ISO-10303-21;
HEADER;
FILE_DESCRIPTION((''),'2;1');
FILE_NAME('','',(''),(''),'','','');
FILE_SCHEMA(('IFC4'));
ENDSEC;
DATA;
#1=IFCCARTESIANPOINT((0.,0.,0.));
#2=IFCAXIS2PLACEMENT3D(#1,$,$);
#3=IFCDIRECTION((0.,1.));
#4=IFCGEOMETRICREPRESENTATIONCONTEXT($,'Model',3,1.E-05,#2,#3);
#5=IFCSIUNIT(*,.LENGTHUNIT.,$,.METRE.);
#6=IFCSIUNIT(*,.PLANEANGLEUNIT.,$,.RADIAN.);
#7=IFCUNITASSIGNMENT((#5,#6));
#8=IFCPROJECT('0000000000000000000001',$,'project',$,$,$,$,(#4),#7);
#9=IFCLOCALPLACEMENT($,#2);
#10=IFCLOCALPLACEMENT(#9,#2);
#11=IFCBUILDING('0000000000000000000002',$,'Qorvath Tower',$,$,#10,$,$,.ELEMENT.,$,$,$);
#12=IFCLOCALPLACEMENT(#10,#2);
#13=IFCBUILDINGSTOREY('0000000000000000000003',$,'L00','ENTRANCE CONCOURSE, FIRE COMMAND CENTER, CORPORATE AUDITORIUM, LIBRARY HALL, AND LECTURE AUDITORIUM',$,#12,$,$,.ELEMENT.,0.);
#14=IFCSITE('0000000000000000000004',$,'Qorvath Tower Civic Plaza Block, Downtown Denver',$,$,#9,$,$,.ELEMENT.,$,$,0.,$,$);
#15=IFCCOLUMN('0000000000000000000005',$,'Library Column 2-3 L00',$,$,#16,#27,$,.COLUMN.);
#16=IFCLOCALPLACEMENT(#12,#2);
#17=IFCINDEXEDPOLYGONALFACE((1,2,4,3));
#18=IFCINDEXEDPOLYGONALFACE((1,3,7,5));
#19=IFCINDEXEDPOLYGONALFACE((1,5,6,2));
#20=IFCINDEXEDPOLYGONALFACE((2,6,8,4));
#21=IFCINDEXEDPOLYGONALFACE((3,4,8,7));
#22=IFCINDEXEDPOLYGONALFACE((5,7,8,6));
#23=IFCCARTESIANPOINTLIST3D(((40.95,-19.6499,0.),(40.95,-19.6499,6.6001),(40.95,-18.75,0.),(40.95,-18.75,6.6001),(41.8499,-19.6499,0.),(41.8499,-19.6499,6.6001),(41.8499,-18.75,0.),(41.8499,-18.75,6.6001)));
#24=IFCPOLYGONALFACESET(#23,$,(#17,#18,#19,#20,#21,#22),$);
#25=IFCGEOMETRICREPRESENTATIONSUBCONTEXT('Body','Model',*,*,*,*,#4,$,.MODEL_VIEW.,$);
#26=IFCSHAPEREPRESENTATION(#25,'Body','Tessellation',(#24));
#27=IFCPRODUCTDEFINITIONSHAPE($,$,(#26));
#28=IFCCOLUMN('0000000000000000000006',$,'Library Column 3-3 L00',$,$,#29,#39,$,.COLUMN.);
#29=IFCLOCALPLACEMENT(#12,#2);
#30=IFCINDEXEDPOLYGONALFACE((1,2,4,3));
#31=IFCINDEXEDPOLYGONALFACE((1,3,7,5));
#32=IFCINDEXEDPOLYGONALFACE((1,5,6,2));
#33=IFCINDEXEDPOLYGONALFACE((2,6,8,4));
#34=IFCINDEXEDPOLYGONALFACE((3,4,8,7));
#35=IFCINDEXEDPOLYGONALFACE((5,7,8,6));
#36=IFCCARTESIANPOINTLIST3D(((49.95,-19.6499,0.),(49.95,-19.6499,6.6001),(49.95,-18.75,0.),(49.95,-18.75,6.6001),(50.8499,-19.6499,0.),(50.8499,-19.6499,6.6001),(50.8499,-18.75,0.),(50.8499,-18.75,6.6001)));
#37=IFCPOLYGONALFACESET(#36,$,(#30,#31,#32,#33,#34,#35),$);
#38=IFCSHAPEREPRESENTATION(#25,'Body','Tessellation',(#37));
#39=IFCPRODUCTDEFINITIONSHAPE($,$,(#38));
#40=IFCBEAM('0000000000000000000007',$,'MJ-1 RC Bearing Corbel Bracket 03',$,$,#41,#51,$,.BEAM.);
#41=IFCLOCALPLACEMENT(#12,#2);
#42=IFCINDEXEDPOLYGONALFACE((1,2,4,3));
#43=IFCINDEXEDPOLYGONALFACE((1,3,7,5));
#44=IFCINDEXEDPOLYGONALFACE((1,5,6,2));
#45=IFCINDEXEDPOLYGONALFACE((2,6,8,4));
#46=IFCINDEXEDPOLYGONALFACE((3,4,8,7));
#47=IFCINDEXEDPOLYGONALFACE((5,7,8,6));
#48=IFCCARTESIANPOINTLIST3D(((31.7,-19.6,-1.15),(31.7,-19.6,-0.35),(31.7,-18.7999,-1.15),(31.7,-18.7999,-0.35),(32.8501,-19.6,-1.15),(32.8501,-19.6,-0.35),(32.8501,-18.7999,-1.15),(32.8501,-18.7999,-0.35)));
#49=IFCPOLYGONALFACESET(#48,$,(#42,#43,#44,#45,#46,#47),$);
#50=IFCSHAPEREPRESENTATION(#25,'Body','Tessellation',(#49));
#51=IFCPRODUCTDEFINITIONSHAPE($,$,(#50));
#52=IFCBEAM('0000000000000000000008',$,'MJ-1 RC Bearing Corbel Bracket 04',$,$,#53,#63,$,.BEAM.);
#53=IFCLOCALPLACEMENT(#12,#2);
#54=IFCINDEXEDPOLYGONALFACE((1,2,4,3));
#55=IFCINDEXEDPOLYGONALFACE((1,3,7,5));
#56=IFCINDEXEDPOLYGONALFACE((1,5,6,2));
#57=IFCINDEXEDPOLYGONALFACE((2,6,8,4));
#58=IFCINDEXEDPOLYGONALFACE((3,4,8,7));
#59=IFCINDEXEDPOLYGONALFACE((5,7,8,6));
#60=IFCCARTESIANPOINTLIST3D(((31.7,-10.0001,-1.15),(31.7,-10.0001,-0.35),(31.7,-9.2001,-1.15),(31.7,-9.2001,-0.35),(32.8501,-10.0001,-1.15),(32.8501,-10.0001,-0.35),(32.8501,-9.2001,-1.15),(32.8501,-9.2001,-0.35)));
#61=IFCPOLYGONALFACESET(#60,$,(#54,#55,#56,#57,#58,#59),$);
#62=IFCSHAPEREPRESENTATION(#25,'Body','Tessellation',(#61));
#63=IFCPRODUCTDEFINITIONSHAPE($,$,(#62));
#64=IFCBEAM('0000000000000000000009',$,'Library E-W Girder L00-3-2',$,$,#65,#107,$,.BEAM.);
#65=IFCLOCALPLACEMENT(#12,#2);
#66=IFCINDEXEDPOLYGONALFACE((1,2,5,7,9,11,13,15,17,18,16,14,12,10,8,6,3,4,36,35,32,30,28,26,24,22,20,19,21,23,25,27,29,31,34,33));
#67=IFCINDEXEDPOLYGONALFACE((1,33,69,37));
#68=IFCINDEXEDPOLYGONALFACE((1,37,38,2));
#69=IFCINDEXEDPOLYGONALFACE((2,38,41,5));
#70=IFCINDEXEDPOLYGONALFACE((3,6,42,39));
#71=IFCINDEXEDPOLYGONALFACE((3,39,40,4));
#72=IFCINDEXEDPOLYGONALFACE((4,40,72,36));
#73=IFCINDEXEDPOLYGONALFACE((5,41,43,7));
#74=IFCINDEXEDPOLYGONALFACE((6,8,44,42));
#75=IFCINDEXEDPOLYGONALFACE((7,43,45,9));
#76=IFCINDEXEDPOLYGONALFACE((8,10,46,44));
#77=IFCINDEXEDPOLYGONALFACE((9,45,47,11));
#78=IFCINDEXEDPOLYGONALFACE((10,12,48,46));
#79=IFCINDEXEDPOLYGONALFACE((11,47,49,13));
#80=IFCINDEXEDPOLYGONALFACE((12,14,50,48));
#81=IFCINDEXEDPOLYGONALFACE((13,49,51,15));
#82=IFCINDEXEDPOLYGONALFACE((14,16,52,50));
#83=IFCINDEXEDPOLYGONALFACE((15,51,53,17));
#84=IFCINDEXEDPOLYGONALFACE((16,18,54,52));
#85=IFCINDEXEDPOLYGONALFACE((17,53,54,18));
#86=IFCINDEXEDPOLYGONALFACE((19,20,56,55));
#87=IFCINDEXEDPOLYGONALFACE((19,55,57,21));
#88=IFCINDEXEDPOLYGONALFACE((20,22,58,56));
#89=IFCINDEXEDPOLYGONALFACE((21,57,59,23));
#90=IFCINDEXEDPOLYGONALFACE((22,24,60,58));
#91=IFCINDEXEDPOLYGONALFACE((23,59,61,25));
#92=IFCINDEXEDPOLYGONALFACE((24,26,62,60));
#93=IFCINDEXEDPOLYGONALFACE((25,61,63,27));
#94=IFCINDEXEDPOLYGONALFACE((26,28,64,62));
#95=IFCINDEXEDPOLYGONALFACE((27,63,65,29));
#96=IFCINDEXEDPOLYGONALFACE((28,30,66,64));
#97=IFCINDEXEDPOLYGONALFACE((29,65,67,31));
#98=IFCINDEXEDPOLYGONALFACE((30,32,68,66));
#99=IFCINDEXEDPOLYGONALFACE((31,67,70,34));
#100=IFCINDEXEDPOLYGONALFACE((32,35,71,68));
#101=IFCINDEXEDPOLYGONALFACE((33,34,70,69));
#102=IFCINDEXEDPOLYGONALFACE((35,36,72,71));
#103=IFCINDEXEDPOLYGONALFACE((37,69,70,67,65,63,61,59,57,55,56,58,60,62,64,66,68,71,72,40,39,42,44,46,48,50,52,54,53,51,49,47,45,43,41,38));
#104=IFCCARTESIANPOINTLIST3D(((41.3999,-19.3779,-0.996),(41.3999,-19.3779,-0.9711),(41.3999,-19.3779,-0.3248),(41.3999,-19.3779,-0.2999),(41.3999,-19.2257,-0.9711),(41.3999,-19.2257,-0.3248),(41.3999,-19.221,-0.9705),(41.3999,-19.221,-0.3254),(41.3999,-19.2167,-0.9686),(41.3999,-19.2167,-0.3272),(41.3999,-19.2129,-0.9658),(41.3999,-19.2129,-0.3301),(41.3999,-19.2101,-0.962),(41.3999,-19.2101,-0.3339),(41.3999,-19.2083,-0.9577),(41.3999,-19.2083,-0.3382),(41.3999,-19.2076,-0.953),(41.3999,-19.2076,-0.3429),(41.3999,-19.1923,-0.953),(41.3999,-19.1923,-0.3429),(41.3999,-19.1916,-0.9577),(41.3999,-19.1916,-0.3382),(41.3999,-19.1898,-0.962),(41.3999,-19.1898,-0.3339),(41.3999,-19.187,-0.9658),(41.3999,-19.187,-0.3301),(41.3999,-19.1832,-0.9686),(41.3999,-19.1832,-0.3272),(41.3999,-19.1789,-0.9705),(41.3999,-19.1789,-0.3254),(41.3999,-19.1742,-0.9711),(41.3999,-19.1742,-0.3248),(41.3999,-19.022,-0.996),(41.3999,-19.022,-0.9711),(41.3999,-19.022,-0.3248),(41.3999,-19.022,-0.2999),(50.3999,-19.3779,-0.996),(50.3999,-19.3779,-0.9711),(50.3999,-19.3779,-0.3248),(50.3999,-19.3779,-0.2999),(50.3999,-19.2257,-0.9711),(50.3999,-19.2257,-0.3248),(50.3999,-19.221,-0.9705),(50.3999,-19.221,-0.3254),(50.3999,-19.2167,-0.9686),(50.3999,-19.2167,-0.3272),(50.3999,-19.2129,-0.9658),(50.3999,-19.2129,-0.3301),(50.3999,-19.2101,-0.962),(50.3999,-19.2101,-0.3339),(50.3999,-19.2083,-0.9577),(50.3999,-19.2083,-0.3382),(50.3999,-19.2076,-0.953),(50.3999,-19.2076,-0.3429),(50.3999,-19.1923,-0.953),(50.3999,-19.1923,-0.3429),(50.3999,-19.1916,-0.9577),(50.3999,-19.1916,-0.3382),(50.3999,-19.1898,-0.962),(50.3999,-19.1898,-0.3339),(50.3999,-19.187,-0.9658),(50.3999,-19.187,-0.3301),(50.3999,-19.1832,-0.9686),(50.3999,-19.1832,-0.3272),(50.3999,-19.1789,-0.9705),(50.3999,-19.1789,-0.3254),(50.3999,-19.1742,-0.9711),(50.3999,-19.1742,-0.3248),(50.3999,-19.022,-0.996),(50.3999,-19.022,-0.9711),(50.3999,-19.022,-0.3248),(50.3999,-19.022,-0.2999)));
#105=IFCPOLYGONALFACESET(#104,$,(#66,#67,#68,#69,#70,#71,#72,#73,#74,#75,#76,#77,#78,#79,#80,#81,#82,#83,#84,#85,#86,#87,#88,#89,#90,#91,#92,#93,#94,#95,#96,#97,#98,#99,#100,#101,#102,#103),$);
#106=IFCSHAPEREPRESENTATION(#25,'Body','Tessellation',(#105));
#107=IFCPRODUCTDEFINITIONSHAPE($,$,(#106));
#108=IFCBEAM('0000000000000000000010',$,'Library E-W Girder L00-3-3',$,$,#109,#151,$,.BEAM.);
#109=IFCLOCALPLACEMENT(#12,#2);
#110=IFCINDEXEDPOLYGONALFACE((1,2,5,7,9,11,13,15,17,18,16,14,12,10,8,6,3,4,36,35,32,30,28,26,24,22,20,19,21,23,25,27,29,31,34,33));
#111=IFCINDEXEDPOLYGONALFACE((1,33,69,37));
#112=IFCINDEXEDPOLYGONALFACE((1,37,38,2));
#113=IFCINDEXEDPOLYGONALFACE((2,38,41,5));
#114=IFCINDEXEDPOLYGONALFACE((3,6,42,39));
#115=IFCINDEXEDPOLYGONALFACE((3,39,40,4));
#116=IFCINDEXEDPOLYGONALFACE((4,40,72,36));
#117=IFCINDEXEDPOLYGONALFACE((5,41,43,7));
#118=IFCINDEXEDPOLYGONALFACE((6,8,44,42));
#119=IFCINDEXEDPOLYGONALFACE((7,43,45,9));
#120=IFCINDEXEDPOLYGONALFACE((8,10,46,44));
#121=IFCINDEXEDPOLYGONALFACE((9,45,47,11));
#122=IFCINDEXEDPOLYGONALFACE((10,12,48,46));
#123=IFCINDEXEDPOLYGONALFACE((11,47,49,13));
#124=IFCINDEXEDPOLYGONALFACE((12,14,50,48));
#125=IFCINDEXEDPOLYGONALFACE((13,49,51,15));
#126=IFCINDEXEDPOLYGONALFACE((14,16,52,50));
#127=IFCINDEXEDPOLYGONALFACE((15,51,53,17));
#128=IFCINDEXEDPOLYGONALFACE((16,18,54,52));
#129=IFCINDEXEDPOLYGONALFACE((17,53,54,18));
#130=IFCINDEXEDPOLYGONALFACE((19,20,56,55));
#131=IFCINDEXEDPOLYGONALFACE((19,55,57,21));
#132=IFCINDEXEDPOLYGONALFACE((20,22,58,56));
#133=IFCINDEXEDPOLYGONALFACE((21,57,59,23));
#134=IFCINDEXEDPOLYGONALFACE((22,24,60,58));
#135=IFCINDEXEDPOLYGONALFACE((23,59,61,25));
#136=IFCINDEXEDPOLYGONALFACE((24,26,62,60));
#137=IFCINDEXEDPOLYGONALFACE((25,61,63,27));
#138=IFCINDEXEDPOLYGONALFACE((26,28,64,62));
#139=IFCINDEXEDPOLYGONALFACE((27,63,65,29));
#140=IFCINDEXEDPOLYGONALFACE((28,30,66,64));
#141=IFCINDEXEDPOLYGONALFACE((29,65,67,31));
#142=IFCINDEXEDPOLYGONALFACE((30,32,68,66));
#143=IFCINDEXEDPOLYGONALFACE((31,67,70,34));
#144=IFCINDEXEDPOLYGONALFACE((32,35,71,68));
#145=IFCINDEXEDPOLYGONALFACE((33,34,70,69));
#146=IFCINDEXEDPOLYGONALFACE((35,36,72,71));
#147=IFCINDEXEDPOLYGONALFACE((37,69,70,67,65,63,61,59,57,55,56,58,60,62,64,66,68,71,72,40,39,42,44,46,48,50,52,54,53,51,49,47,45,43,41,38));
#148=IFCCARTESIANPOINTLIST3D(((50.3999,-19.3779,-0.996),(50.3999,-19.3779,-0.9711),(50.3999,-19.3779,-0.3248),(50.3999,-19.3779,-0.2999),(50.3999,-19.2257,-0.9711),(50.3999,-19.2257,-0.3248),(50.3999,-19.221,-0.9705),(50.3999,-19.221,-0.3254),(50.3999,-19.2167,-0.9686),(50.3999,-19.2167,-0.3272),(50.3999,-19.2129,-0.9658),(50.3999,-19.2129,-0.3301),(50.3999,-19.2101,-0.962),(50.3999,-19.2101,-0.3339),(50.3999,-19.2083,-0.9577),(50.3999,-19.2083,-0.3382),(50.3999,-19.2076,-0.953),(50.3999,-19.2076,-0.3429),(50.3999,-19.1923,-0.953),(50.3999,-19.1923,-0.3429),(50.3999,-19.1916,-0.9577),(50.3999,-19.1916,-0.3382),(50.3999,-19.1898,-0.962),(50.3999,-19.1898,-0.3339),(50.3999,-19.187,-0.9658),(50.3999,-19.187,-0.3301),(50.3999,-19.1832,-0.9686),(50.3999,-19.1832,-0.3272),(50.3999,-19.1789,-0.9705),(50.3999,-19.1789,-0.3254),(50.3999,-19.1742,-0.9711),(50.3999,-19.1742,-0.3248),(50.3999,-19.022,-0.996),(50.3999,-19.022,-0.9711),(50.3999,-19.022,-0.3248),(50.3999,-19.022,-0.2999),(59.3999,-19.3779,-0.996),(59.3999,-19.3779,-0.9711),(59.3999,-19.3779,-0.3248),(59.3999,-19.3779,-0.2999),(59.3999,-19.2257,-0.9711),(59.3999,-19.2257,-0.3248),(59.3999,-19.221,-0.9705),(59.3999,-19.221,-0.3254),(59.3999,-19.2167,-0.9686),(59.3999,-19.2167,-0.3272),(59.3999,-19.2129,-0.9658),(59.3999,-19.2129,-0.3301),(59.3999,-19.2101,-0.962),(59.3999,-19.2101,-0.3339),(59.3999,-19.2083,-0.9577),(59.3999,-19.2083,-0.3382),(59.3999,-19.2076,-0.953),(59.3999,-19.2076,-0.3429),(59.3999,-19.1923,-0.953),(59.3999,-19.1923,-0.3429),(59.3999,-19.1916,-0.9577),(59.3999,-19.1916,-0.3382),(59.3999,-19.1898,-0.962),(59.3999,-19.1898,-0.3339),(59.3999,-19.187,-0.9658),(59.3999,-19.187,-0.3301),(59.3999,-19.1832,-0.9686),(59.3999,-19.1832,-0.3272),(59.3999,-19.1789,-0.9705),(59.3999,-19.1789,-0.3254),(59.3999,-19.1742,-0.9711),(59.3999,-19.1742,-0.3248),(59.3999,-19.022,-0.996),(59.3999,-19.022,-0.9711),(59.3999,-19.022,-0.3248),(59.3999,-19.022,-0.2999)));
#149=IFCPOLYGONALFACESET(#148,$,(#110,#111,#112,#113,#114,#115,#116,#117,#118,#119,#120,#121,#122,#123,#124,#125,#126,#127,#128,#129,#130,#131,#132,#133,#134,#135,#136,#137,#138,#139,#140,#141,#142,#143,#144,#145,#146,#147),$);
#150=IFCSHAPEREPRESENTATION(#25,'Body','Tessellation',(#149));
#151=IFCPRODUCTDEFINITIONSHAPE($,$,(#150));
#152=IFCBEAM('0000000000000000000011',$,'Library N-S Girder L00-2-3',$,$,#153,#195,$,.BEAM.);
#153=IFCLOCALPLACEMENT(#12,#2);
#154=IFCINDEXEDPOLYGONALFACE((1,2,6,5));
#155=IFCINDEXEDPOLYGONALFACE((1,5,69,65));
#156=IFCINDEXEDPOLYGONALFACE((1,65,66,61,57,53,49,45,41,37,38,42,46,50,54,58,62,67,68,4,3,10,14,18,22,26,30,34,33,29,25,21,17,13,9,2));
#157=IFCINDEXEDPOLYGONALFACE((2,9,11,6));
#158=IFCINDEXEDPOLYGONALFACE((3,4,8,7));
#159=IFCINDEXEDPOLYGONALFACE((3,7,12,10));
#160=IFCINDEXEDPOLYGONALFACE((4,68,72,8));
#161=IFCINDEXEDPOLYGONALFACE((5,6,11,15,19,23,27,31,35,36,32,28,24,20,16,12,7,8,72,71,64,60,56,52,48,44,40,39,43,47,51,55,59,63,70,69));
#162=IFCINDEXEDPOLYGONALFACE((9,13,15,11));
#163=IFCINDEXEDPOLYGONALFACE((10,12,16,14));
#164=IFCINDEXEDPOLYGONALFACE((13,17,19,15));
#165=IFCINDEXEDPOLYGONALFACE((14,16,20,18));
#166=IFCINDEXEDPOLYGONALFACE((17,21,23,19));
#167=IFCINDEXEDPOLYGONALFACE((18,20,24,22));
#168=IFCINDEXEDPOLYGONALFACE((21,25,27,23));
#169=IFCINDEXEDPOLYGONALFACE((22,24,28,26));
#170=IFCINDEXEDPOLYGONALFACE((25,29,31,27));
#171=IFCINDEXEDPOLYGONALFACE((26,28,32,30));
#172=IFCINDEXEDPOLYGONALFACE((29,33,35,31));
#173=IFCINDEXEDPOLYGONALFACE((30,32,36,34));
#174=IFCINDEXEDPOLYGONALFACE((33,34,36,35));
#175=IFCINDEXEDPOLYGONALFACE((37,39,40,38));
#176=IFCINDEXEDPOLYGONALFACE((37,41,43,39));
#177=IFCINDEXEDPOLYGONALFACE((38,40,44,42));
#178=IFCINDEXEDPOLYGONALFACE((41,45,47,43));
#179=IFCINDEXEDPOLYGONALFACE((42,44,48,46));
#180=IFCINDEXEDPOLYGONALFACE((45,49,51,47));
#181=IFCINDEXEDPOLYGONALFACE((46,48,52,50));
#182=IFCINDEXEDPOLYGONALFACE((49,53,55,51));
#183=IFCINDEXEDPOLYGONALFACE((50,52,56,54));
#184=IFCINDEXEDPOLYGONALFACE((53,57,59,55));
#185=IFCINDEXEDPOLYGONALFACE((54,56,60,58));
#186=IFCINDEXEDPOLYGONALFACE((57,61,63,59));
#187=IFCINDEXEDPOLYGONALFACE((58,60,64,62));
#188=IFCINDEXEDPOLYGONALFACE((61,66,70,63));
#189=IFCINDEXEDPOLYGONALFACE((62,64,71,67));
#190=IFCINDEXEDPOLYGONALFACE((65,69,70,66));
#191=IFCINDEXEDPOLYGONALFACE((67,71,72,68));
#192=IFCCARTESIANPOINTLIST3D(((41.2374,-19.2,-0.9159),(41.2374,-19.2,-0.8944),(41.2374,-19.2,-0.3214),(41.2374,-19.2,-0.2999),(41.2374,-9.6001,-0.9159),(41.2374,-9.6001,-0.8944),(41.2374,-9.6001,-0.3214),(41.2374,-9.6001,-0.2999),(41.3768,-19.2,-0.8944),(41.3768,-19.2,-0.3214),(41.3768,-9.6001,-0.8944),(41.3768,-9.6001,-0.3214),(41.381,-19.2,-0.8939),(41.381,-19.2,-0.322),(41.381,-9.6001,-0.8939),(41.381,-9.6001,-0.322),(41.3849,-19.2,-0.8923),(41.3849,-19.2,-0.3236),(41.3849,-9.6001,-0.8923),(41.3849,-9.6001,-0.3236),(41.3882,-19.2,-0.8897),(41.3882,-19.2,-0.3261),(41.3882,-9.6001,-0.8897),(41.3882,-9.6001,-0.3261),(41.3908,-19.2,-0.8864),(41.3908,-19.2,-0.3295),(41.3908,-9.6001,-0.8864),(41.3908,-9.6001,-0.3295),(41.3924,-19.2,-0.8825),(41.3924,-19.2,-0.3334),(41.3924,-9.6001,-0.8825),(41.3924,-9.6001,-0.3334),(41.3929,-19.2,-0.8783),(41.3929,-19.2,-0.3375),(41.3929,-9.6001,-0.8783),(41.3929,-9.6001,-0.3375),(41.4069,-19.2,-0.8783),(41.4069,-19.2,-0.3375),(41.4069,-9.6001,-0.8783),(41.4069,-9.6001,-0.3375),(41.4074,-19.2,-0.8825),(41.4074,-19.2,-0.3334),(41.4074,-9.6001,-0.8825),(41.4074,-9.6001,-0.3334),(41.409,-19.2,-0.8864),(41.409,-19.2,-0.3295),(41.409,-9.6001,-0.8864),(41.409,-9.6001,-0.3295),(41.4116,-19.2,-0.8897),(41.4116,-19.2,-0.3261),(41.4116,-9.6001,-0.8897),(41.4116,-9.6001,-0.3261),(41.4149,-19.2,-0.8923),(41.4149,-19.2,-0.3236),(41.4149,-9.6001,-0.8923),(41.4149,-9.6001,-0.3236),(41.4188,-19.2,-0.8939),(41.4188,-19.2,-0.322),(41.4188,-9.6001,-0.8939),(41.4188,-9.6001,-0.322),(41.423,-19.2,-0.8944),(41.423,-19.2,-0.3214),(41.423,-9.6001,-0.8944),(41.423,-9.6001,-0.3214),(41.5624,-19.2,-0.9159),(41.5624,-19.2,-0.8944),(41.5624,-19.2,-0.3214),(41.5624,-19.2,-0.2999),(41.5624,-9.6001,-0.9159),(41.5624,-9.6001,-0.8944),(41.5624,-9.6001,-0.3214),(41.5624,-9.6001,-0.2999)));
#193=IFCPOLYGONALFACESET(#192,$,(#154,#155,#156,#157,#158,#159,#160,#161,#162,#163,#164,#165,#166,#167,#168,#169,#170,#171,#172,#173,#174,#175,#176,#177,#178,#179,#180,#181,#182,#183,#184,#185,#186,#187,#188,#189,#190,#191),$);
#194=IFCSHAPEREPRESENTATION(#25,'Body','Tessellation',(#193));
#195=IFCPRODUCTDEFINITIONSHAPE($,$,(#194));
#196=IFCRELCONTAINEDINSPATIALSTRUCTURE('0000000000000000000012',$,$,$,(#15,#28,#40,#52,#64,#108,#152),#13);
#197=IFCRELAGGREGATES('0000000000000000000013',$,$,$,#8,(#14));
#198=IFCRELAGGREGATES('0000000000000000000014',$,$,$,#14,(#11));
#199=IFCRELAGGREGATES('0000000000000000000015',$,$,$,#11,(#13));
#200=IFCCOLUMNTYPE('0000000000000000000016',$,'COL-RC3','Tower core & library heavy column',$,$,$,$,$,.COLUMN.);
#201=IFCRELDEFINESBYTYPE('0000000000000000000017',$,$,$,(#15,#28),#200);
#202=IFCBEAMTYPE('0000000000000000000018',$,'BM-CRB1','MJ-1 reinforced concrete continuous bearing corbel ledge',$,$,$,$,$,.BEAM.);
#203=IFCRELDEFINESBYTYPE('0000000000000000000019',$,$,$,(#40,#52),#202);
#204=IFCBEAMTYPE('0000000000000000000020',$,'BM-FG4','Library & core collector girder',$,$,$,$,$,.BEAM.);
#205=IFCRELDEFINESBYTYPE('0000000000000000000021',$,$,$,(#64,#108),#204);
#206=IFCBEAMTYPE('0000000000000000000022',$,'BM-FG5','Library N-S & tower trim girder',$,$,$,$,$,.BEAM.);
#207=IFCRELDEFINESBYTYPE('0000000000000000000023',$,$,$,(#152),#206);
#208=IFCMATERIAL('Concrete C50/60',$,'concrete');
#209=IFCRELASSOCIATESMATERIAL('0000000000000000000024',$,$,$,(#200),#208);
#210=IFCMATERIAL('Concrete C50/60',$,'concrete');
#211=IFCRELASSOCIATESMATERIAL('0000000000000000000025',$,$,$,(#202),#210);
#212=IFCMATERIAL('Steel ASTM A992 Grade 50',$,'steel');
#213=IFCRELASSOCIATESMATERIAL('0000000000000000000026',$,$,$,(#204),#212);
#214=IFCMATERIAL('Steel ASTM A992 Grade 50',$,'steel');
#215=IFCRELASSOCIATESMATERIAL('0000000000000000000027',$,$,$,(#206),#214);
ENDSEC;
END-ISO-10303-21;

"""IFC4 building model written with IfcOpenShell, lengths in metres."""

from ifc_helpers import new_model, si_unit, direction, frame, origin, origin_2d, place, context, subcontext, project, spatial, rectangle, i_section, extrude, material, material_profile, profile_set, type_object, element, save


model = new_model("IFC4")

# Units and contexts
model_context = context("Model", 3, precision=1e-05, world=origin(), true_north=direction((0.0, 1.0)))
body_context = subcontext(model_context, "Body", "Model", "MODEL_VIEW")
ifc_project = project(units=[si_unit("LENGTHUNIT", "METRE"), si_unit("PLANEANGLEUNIT", "RADIAN")], contexts=[model_context])

# Site, building, storey
site_placement = place(None, origin())
site = spatial("IfcSite", under=ifc_project, at=site_placement, Name="Qorvath Tower Civic Plaza Block, Downtown Denver", CompositionType="ELEMENT", RefElevation=0.0)
building_placement = place(site_placement, origin())
building = spatial("IfcBuilding", under=site, at=building_placement, Name="Qorvath Tower", CompositionType="ELEMENT")
storey_placement = place(building_placement, origin())
storey = spatial("IfcBuildingStorey", under=building, at=storey_placement, Name="L00", Description="ENTRANCE CONCOURSE, FIRE COMMAND CENTER, CORPORATE AUDITORIUM, LIBRARY HALL, AND LECTURE AUDITORIUM", CompositionType="ELEMENT", Elevation=0.0)

# Columns
ifc_material_1 = material(Name="Concrete C50/60", Category="concrete")
ifc_material_profile_1 = material_profile(ifc_material_1, rectangle(XDim=0.8999, YDim=0.8999, at=origin_2d()), Name="RC 900x900")
ifc_profile_set_1 = profile_set([ifc_material_profile_1], Name="Concrete C50/60")
column_type = type_object("IfcColumnType", Name="COL-RC3", Description="Tower core & library heavy column", PredefinedType="COLUMN", material=ifc_profile_set_1)
for number, where, z_axis, x_axis, name in (
    (1, (41.3999, -19.2, 0.0), (0.0, 0.0, 1.0), (1.0, 0.0, 0.0), "Library Column 2-3 L00"),
    (2, (50.3999, -19.2, 0.0), (0.0, 0.0, 1.0), (1.0, 0.0, 0.0), "Library Column 3-3 L00"),
):
    element("IfcColumn", number, at=place(storey_placement, frame(where, z_axis=z_axis, x_axis=x_axis)), inside=storey, type_object=column_type, Name=name, PredefinedType="COLUMN", context=body_context, shape_type="SweptSolid", body=[
        extrude(rectangle(XDim=0.8999, YDim=0.8999, at=origin_2d()), origin(), (0.0, 0.0, 1.0), 6.6001),
    ])

# Beams
ifc_material_2 = material(Name="Concrete C50/60", Category="concrete")
ifc_material_profile_2 = material_profile(ifc_material_2, rectangle(XDim=0.8, YDim=0.8, at=origin_2d()), Name="RC 800x800")
ifc_profile_set_2 = profile_set([ifc_material_profile_2], Name="Concrete C50/60")
beam_type_1 = type_object("IfcBeamType", Name="BM-CRB1", Description="MJ-1 reinforced concrete continuous bearing corbel ledge", PredefinedType="BEAM", material=ifc_profile_set_2)
for number, where, z_axis, x_axis, name in (
    (3, (32.8501, -19.2, -0.75), (-1.0, 0.0, 0.0), (0.0, -1.0, 0.0), "MJ-1 RC Bearing Corbel Bracket 03"),
    (4, (32.8501, -9.6001, -0.75), (-1.0, 0.0, 0.0), (0.0, -1.0, 0.0), "MJ-1 RC Bearing Corbel Bracket 04"),
):
    element("IfcBeam", number, at=place(storey_placement, frame(where, z_axis=z_axis, x_axis=x_axis)), inside=storey, type_object=beam_type_1, Name=name, PredefinedType="BEAM", context=body_context, shape_type="SweptSolid", body=[
        extrude(rectangle(XDim=0.8, YDim=0.8, at=origin_2d()), origin(), (0.0, 0.0, 1.0), 1.1501),
    ])
ifc_material_3 = material(Name="Steel ASTM A992 Grade 50", Category="steel")
ifc_material_profile_3 = material_profile(ifc_material_3, i_section(OverallWidth=0.356, OverallDepth=0.696, WebThickness=0.0154, FlangeThickness=0.0249, FilletRadius=0.0181, at=origin_2d()), Name="W27x146")
ifc_profile_set_3 = profile_set([ifc_material_profile_3], Name="Steel ASTM A992 Grade 50")
beam_type_2 = type_object("IfcBeamType", Name="BM-FG4", Description="Library & core collector girder", PredefinedType="BEAM", material=ifc_profile_set_3)
for number, where, z_axis, x_axis, name in (
    (5, (41.3999, -19.2, -0.6479), (1.0, 0.0, 0.0), (0.0, 1.0, 0.0), "Library E-W Girder L00-3-2"),
    (6, (50.3999, -19.2, -0.6479), (1.0, 0.0, 0.0), (0.0, 1.0, 0.0), "Library E-W Girder L00-3-3"),
):
    element("IfcBeam", number, at=place(storey_placement, frame(where, z_axis=z_axis, x_axis=x_axis)), inside=storey, type_object=beam_type_2, Name=name, PredefinedType="BEAM", context=body_context, shape_type="SweptSolid", body=[
        extrude(i_section(OverallWidth=0.356, OverallDepth=0.696, WebThickness=0.0154, FlangeThickness=0.0249, FilletRadius=0.0181, at=origin_2d()), origin(), (0.0, 0.0, 1.0), 9.0),
    ])
ifc_material_4 = material(Name="Steel ASTM A992 Grade 50", Category="steel")
ifc_material_profile_4 = material_profile(ifc_material_4, i_section(OverallWidth=0.325, OverallDepth=0.616, WebThickness=0.0139, FlangeThickness=0.0215, FilletRadius=0.0161, at=origin_2d()), Name="W24x117")
ifc_profile_set_4 = profile_set([ifc_material_profile_4], Name="Steel ASTM A992 Grade 50")
beam_type_3 = type_object("IfcBeamType", Name="BM-FG5", Description="Library N-S & tower trim girder", PredefinedType="BEAM", material=ifc_profile_set_4)
for number, where, z_axis, x_axis, name in (
    (7, (41.3999, -19.2, -0.6079), (0.0, 1.0, 0.0), (-1.0, 0.0, 0.0), "Library N-S Girder L00-2-3"),
):
    element("IfcBeam", number, at=place(storey_placement, frame(where, z_axis=z_axis, x_axis=x_axis)), inside=storey, type_object=beam_type_3, Name=name, PredefinedType="BEAM", context=body_context, shape_type="SweptSolid", body=[
        extrude(i_section(OverallWidth=0.325, OverallDepth=0.616, WebThickness=0.0139, FlangeThickness=0.0215, FilletRadius=0.0161, at=origin_2d()), origin(), (0.0, 0.0, 1.0), 9.5999),
    ])

save(model, "model.ifc")
